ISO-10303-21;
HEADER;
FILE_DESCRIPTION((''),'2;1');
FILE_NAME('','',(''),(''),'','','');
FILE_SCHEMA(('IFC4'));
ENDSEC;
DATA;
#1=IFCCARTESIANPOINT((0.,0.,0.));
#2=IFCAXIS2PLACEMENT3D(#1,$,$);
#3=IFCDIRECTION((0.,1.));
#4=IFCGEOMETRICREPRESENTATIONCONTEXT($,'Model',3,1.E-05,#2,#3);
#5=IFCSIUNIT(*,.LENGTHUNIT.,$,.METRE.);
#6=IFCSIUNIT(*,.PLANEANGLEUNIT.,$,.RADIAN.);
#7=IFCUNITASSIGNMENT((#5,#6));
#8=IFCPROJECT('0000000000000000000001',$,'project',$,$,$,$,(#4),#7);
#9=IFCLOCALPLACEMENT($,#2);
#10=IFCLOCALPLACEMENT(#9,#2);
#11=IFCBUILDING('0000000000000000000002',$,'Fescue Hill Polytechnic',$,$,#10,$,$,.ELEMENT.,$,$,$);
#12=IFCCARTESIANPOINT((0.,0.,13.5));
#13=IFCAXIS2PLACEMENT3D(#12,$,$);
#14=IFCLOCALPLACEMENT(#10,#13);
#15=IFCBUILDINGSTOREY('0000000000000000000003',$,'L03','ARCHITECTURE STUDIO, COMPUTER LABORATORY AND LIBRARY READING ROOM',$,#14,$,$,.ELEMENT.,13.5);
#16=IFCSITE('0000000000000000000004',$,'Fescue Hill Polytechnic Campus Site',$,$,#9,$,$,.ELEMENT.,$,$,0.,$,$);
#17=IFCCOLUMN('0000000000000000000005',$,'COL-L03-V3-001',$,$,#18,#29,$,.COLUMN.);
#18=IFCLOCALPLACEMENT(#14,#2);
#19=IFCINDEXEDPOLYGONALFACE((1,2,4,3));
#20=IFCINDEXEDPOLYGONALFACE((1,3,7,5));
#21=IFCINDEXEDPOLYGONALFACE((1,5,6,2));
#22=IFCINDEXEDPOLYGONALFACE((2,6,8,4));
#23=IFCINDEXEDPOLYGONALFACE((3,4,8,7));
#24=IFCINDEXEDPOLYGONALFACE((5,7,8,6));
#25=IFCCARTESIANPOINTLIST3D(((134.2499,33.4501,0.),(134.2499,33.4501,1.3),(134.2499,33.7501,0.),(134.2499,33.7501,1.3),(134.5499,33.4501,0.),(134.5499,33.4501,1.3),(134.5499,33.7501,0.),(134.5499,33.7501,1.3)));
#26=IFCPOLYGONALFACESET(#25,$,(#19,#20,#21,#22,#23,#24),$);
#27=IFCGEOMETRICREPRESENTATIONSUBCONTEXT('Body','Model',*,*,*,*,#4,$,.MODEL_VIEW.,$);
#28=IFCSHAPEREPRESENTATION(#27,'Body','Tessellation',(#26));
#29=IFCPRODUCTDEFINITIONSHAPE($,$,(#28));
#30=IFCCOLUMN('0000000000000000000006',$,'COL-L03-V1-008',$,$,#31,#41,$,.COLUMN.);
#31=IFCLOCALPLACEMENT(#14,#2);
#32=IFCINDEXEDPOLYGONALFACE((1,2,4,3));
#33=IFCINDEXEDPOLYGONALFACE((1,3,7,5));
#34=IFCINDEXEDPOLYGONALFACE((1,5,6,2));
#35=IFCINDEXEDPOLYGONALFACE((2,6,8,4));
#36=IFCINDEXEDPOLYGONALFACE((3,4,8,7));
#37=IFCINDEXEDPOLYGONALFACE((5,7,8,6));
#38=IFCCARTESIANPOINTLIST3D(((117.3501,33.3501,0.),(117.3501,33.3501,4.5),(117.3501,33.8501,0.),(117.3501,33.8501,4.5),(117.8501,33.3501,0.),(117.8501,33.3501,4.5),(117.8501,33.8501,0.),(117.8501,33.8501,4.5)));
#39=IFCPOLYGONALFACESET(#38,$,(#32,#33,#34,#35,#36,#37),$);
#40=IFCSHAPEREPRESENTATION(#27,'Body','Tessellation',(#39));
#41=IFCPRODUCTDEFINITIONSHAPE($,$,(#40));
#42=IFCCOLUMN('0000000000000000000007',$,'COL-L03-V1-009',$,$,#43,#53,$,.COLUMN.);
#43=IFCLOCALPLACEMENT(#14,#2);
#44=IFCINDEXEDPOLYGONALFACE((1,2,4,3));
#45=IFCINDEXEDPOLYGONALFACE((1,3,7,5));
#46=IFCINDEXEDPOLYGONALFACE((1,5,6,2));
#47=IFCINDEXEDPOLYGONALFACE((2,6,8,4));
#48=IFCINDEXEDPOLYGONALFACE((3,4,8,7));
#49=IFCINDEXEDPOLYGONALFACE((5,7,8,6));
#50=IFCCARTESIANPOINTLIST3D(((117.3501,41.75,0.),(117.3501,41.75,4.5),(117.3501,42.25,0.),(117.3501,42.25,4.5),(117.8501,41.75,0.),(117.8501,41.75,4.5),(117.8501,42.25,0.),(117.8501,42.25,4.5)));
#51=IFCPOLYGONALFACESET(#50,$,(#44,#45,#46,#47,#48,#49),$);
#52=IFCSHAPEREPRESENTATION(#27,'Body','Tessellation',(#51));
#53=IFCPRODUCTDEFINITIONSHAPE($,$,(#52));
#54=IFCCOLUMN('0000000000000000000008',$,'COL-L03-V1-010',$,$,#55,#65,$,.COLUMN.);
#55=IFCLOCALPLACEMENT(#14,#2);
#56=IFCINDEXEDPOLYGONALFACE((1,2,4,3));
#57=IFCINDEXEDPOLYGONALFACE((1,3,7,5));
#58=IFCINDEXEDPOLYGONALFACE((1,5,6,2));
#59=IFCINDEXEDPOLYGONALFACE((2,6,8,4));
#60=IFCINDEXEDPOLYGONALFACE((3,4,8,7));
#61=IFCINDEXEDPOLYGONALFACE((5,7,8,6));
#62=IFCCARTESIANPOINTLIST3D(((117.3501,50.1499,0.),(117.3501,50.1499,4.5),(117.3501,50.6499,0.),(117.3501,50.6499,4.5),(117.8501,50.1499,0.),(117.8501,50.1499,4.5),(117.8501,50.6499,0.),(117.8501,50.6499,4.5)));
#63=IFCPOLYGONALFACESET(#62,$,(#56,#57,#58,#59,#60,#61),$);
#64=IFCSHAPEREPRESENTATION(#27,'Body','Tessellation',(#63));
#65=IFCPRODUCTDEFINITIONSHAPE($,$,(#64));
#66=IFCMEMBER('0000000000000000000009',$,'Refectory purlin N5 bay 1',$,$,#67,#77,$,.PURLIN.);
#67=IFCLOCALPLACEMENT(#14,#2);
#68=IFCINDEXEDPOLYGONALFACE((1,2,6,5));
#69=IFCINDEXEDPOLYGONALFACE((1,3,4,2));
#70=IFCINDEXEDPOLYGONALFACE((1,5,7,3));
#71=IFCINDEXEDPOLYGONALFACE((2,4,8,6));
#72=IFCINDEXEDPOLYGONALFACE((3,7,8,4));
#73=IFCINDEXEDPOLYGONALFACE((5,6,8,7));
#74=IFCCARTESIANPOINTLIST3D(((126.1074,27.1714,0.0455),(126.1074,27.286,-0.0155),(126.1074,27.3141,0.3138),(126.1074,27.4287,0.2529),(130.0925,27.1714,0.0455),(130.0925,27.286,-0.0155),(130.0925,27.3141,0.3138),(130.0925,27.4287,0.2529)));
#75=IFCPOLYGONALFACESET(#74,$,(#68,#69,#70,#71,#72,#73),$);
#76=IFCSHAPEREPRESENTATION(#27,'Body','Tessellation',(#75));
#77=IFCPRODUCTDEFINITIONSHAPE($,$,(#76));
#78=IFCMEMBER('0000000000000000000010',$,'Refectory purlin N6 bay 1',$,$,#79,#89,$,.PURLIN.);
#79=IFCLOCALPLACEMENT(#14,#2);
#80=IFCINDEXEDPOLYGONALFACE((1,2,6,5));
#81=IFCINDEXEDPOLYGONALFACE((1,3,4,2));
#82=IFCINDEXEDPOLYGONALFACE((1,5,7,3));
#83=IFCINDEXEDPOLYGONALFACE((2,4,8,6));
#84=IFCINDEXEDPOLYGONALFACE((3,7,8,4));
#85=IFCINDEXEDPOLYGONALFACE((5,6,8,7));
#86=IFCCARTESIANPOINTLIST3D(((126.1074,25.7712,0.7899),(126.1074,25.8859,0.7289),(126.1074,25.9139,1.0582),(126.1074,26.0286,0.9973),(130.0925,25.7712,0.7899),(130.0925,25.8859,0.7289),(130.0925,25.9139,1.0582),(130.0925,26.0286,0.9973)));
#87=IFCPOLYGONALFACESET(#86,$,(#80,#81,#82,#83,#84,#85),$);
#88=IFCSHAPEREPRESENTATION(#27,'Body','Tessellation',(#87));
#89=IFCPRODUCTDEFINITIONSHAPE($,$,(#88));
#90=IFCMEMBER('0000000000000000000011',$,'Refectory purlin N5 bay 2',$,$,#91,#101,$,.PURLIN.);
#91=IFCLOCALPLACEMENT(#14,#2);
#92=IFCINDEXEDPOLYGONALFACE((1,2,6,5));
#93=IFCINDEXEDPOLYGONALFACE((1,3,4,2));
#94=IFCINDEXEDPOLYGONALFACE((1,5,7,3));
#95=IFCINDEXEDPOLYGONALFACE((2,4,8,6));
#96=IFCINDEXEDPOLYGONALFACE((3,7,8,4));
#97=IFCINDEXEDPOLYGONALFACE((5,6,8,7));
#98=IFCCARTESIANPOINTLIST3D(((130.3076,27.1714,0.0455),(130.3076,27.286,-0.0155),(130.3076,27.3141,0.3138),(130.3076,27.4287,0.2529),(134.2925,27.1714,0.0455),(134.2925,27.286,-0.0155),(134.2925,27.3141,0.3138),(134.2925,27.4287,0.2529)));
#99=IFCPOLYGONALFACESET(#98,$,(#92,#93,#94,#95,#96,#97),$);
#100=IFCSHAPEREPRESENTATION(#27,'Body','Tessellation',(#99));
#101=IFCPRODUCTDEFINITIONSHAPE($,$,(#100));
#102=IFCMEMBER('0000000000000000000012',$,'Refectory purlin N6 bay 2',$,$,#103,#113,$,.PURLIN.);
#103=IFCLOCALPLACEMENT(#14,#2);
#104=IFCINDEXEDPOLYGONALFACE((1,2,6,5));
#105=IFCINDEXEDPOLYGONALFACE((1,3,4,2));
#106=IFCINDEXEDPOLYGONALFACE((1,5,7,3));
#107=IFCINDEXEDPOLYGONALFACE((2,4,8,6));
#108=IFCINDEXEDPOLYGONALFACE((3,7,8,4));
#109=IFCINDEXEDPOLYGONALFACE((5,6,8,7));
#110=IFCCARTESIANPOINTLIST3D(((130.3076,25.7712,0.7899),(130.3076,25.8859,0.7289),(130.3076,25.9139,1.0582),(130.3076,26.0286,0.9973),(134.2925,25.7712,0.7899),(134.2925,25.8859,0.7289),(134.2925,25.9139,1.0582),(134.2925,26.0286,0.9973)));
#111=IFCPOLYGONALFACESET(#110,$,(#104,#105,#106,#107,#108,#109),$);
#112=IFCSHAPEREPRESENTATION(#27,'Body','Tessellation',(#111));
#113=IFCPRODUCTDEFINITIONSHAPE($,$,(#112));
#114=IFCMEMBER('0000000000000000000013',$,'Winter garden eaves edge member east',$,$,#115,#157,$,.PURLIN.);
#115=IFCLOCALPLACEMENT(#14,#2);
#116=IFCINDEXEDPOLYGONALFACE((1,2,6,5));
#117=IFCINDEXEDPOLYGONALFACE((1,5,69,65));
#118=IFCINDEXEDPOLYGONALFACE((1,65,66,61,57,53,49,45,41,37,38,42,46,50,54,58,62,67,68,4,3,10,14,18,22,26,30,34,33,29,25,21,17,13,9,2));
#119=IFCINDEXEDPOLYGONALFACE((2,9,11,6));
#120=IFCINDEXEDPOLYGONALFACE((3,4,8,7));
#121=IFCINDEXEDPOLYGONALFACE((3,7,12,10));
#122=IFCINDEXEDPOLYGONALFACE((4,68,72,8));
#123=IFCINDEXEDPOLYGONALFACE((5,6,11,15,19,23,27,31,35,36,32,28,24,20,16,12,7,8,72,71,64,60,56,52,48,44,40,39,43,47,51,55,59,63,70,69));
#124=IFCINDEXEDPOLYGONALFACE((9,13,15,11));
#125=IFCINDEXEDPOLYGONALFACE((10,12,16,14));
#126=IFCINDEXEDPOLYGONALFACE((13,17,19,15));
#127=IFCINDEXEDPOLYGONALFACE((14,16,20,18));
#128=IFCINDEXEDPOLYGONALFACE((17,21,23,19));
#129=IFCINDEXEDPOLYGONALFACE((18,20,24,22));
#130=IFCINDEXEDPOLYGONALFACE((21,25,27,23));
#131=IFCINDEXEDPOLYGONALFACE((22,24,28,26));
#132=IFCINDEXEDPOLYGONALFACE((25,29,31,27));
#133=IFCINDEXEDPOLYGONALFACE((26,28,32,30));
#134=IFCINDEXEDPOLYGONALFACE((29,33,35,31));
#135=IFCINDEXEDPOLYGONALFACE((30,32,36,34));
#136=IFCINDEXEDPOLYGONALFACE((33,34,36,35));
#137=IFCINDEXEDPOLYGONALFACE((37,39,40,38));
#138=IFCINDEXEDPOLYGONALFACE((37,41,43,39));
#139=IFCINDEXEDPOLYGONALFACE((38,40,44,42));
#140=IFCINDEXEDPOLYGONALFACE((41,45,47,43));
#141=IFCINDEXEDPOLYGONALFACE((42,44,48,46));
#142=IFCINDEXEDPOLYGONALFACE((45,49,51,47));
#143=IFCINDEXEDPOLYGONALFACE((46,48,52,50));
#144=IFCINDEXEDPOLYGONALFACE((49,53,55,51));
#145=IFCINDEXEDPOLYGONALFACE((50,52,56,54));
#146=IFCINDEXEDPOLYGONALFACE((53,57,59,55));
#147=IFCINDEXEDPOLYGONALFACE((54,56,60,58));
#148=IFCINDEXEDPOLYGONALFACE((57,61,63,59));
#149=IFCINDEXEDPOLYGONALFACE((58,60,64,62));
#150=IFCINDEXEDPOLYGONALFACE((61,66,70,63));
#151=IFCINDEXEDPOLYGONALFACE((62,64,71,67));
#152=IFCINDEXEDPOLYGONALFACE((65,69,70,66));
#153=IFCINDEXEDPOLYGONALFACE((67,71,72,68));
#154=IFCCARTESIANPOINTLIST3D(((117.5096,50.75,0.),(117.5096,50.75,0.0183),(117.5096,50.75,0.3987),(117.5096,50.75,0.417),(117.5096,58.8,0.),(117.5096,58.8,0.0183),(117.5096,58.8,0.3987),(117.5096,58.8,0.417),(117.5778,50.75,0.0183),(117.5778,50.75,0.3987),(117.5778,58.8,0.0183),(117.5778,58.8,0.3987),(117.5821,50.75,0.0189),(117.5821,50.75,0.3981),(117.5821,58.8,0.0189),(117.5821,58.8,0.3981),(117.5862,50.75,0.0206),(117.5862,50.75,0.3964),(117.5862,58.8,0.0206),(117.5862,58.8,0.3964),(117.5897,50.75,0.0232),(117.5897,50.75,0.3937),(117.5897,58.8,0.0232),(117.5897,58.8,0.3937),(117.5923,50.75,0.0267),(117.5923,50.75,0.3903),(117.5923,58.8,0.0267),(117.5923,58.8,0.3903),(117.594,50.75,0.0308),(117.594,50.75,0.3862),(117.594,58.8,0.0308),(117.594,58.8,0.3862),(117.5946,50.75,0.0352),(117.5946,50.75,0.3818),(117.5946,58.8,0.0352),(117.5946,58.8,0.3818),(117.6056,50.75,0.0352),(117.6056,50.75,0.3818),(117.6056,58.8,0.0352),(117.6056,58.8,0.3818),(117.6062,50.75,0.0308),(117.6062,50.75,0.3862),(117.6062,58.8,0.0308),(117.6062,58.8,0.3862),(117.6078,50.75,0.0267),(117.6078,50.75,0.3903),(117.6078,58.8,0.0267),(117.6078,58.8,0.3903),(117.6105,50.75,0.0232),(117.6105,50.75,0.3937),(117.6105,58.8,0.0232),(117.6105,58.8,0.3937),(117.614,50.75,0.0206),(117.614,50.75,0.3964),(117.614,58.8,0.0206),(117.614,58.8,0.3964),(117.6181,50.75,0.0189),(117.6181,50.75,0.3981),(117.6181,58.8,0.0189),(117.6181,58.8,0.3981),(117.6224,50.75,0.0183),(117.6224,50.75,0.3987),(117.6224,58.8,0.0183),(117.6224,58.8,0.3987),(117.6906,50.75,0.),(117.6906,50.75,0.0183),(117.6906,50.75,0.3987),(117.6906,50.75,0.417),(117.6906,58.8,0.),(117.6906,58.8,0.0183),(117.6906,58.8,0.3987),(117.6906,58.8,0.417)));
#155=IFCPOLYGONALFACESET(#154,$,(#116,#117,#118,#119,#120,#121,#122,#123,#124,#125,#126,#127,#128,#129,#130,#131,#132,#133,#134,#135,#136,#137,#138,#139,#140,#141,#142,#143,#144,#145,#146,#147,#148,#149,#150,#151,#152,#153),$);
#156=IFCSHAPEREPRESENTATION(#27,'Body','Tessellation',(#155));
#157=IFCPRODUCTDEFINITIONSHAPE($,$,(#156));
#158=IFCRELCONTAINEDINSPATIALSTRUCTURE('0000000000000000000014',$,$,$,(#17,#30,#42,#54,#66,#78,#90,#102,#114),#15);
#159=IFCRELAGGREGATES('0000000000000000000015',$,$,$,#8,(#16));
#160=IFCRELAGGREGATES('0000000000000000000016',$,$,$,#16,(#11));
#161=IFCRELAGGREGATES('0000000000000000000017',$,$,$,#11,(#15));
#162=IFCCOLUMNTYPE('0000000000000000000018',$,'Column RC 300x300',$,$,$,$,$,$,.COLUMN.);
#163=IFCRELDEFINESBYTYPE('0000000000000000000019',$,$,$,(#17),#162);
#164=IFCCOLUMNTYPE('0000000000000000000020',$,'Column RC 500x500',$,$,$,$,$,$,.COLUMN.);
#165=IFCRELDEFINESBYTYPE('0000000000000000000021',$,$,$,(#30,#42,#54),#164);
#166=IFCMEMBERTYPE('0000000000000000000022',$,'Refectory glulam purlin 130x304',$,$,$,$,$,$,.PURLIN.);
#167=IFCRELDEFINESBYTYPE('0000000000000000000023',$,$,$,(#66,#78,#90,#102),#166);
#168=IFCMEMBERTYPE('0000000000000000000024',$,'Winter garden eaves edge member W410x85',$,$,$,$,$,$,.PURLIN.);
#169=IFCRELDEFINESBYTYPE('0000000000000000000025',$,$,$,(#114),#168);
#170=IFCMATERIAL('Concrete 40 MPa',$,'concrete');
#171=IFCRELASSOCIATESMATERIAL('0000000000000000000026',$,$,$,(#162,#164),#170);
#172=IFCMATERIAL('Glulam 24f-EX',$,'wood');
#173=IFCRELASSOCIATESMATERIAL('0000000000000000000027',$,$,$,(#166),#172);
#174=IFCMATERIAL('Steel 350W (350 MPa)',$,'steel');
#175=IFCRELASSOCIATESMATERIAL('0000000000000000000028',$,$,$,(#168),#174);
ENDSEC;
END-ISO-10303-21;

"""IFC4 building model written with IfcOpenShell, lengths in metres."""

from ifc_helpers import new_model, si_unit, direction, frame, origin, origin_2d, place, context, subcontext, project, spatial, rectangle, i_section, extrude, material, material_profile, profile_set, type_object, element, save


model = new_model("IFC4")

# Units and contexts
model_context = context("Model", 3, precision=1e-05, world=origin(), true_north=direction((0.0, 1.0)))
body_context = subcontext(model_context, "Body", "Model", "MODEL_VIEW")
ifc_project = project(units=[si_unit("LENGTHUNIT", "METRE"), si_unit("PLANEANGLEUNIT", "RADIAN")], contexts=[model_context])

# Site, building, storey
site_placement = place(None, origin())
site = spatial("IfcSite", under=ifc_project, at=site_placement, Name="Fescue Hill Polytechnic Campus Site", CompositionType="ELEMENT", RefElevation=0.0)
building_placement = place(site_placement, origin())
building = spatial("IfcBuilding", under=site, at=building_placement, Name="Fescue Hill Polytechnic", CompositionType="ELEMENT")
storey_placement = place(building_placement, frame((0.0, 0.0, 13.5)))
storey = spatial("IfcBuildingStorey", under=building, at=storey_placement, Name="L03", Description="ARCHITECTURE STUDIO, COMPUTER LABORATORY AND LIBRARY READING ROOM", CompositionType="ELEMENT", Elevation=13.5)

# Columns
ifc_material_1 = material(Name="Concrete 40 MPa", Category="concrete")
ifc_material_profile_1 = material_profile(ifc_material_1, rectangle(XDim=0.3, YDim=0.3, at=origin_2d()), Name="RC 300x300")
ifc_profile_set_1 = profile_set([ifc_material_profile_1], Name="Concrete 40 MPa")
column_type_1 = type_object("IfcColumnType", Name="Column RC 300x300", PredefinedType="COLUMN", material=ifc_profile_set_1)
column_placement = place(storey_placement, frame((134.3999, 33.6001, 0.0), z_axis=(0.0, 0.0, 1.0), x_axis=(1.0, 0.0, 0.0)))
element("IfcColumn", 1, at=column_placement, inside=storey, type_object=column_type_1, Name="COL-L03-V3-001", PredefinedType="COLUMN", context=body_context, shape_type="SweptSolid", body=[
    extrude(rectangle(XDim=0.3, YDim=0.3, at=origin_2d()), origin(), (0.0, 0.0, 1.0), 1.3),
])
ifc_material_profile_2 = material_profile(ifc_material_1, rectangle(XDim=0.5, YDim=0.5, at=origin_2d()), Name="RC 500x500")
ifc_profile_set_2 = profile_set([ifc_material_profile_2], Name="Concrete 40 MPa")
column_type_2 = type_object("IfcColumnType", Name="Column RC 500x500", PredefinedType="COLUMN", material=ifc_profile_set_2)
for number, where, z_axis, x_axis, name in (
    (2, (117.6001, 33.6001, 0.0), (0.0, 0.0, 1.0), (1.0, 0.0, 0.0), "COL-L03-V1-008"),
    (3, (117.6001, 42.0, 0.0), (0.0, 0.0, 1.0), (1.0, 0.0, 0.0), "COL-L03-V1-009"),
    (4, (117.6001, 50.3999, 0.0), (0.0, 0.0, 1.0), (1.0, 0.0, 0.0), "COL-L03-V1-010"),
):
    element("IfcColumn", number, at=place(storey_placement, frame(where, z_axis=z_axis, x_axis=x_axis)), inside=storey, type_object=column_type_2, Name=name, PredefinedType="COLUMN", context=body_context, shape_type="SweptSolid", body=[
        extrude(rectangle(XDim=0.5, YDim=0.5, at=origin_2d()), origin(), (0.0, 0.0, 1.0), 4.5),
    ])

# Members
ifc_material_2 = material(Name="Glulam 24f-EX", Category="wood")
ifc_material_profile_3 = material_profile(ifc_material_2, rectangle(XDim=0.1299, YDim=0.304, at=origin_2d()), Name="Refectory glulam purlin 130x304")
ifc_profile_set_3 = profile_set([ifc_material_profile_3], Name="Glulam 24f-EX")
member_type_1 = type_object("IfcMemberType", Name="Refectory glulam purlin 130x304", PredefinedType="PURLIN", material=ifc_profile_set_3)
for number, where, z_axis, x_axis, name in (
    (5, (126.1074, 27.3, 0.1492), (1.0, 0.0, 0.0), (0.0, 0.882934, -0.469497), "Refectory purlin N5 bay 1"),
    (6, (126.1074, 25.8999, 0.8936), (1.0, 0.0, 0.0), (0.0, 0.882934, -0.469497), "Refectory purlin N6 bay 1"),
):
    element("IfcMember", number, at=place(storey_placement, frame(where, z_axis=z_axis, x_axis=x_axis)), inside=storey, type_object=member_type_1, Name=name, PredefinedType="PURLIN", context=body_context, shape_type="SweptSolid", body=[
        extrude(rectangle(XDim=0.1299, YDim=0.304, at=origin_2d()), origin(), (0.0, 0.0, 1.0), 3.9851),
    ])
for number, where, z_axis, x_axis, name in (
    (7, (130.3076, 27.3, 0.1492), (1.0, 0.0, 0.0), (0.0, 0.882934, -0.469497), "Refectory purlin N5 bay 2"),
    (8, (130.3076, 25.8999, 0.8936), (1.0, 0.0, 0.0), (0.0, 0.882934, -0.469497), "Refectory purlin N6 bay 2"),
):
    element("IfcMember", number, at=place(storey_placement, frame(where, z_axis=z_axis, x_axis=x_axis)), inside=storey, type_object=member_type_1, Name=name, PredefinedType="PURLIN", context=body_context, shape_type="SweptSolid", body=[
        extrude(rectangle(XDim=0.1299, YDim=0.304, at=origin_2d()), origin(), (0.0, 0.0, 1.0), 3.9849),
    ])
ifc_material_3 = material(Name="Steel 350W (350 MPa)", Category="steel")
ifc_material_profile_4 = material_profile(ifc_material_3, i_section(OverallWidth=0.1809, OverallDepth=0.417, WebThickness=0.011, FlangeThickness=0.0183, FilletRadius=0.0168, at=origin_2d()), Name="W410x85")
ifc_profile_set_4 = profile_set([ifc_material_profile_4], Name="Steel 350W (350 MPa)")
member_type_2 = type_object("IfcMemberType", Name="Winter garden eaves edge member W410x85", PredefinedType="PURLIN", material=ifc_profile_set_4)
member_1_placement = place(storey_placement, frame((117.6001, 50.75, 0.2085), z_axis=(0.0, 1.0, 0.0), x_axis=(-1.0, 0.0, 0.0)))
element("IfcMember", 9, at=member_1_placement, inside=storey, type_object=member_type_2, Name="Winter garden eaves edge member east", PredefinedType="PURLIN", context=body_context, shape_type="SweptSolid", body=[
    extrude(i_section(OverallWidth=0.1809, OverallDepth=0.417, WebThickness=0.011, FlangeThickness=0.0183, FilletRadius=0.0168, at=origin_2d()), origin(), (0.0, 0.0, 1.0), 8.05),
])

save(model, "model.ifc")
